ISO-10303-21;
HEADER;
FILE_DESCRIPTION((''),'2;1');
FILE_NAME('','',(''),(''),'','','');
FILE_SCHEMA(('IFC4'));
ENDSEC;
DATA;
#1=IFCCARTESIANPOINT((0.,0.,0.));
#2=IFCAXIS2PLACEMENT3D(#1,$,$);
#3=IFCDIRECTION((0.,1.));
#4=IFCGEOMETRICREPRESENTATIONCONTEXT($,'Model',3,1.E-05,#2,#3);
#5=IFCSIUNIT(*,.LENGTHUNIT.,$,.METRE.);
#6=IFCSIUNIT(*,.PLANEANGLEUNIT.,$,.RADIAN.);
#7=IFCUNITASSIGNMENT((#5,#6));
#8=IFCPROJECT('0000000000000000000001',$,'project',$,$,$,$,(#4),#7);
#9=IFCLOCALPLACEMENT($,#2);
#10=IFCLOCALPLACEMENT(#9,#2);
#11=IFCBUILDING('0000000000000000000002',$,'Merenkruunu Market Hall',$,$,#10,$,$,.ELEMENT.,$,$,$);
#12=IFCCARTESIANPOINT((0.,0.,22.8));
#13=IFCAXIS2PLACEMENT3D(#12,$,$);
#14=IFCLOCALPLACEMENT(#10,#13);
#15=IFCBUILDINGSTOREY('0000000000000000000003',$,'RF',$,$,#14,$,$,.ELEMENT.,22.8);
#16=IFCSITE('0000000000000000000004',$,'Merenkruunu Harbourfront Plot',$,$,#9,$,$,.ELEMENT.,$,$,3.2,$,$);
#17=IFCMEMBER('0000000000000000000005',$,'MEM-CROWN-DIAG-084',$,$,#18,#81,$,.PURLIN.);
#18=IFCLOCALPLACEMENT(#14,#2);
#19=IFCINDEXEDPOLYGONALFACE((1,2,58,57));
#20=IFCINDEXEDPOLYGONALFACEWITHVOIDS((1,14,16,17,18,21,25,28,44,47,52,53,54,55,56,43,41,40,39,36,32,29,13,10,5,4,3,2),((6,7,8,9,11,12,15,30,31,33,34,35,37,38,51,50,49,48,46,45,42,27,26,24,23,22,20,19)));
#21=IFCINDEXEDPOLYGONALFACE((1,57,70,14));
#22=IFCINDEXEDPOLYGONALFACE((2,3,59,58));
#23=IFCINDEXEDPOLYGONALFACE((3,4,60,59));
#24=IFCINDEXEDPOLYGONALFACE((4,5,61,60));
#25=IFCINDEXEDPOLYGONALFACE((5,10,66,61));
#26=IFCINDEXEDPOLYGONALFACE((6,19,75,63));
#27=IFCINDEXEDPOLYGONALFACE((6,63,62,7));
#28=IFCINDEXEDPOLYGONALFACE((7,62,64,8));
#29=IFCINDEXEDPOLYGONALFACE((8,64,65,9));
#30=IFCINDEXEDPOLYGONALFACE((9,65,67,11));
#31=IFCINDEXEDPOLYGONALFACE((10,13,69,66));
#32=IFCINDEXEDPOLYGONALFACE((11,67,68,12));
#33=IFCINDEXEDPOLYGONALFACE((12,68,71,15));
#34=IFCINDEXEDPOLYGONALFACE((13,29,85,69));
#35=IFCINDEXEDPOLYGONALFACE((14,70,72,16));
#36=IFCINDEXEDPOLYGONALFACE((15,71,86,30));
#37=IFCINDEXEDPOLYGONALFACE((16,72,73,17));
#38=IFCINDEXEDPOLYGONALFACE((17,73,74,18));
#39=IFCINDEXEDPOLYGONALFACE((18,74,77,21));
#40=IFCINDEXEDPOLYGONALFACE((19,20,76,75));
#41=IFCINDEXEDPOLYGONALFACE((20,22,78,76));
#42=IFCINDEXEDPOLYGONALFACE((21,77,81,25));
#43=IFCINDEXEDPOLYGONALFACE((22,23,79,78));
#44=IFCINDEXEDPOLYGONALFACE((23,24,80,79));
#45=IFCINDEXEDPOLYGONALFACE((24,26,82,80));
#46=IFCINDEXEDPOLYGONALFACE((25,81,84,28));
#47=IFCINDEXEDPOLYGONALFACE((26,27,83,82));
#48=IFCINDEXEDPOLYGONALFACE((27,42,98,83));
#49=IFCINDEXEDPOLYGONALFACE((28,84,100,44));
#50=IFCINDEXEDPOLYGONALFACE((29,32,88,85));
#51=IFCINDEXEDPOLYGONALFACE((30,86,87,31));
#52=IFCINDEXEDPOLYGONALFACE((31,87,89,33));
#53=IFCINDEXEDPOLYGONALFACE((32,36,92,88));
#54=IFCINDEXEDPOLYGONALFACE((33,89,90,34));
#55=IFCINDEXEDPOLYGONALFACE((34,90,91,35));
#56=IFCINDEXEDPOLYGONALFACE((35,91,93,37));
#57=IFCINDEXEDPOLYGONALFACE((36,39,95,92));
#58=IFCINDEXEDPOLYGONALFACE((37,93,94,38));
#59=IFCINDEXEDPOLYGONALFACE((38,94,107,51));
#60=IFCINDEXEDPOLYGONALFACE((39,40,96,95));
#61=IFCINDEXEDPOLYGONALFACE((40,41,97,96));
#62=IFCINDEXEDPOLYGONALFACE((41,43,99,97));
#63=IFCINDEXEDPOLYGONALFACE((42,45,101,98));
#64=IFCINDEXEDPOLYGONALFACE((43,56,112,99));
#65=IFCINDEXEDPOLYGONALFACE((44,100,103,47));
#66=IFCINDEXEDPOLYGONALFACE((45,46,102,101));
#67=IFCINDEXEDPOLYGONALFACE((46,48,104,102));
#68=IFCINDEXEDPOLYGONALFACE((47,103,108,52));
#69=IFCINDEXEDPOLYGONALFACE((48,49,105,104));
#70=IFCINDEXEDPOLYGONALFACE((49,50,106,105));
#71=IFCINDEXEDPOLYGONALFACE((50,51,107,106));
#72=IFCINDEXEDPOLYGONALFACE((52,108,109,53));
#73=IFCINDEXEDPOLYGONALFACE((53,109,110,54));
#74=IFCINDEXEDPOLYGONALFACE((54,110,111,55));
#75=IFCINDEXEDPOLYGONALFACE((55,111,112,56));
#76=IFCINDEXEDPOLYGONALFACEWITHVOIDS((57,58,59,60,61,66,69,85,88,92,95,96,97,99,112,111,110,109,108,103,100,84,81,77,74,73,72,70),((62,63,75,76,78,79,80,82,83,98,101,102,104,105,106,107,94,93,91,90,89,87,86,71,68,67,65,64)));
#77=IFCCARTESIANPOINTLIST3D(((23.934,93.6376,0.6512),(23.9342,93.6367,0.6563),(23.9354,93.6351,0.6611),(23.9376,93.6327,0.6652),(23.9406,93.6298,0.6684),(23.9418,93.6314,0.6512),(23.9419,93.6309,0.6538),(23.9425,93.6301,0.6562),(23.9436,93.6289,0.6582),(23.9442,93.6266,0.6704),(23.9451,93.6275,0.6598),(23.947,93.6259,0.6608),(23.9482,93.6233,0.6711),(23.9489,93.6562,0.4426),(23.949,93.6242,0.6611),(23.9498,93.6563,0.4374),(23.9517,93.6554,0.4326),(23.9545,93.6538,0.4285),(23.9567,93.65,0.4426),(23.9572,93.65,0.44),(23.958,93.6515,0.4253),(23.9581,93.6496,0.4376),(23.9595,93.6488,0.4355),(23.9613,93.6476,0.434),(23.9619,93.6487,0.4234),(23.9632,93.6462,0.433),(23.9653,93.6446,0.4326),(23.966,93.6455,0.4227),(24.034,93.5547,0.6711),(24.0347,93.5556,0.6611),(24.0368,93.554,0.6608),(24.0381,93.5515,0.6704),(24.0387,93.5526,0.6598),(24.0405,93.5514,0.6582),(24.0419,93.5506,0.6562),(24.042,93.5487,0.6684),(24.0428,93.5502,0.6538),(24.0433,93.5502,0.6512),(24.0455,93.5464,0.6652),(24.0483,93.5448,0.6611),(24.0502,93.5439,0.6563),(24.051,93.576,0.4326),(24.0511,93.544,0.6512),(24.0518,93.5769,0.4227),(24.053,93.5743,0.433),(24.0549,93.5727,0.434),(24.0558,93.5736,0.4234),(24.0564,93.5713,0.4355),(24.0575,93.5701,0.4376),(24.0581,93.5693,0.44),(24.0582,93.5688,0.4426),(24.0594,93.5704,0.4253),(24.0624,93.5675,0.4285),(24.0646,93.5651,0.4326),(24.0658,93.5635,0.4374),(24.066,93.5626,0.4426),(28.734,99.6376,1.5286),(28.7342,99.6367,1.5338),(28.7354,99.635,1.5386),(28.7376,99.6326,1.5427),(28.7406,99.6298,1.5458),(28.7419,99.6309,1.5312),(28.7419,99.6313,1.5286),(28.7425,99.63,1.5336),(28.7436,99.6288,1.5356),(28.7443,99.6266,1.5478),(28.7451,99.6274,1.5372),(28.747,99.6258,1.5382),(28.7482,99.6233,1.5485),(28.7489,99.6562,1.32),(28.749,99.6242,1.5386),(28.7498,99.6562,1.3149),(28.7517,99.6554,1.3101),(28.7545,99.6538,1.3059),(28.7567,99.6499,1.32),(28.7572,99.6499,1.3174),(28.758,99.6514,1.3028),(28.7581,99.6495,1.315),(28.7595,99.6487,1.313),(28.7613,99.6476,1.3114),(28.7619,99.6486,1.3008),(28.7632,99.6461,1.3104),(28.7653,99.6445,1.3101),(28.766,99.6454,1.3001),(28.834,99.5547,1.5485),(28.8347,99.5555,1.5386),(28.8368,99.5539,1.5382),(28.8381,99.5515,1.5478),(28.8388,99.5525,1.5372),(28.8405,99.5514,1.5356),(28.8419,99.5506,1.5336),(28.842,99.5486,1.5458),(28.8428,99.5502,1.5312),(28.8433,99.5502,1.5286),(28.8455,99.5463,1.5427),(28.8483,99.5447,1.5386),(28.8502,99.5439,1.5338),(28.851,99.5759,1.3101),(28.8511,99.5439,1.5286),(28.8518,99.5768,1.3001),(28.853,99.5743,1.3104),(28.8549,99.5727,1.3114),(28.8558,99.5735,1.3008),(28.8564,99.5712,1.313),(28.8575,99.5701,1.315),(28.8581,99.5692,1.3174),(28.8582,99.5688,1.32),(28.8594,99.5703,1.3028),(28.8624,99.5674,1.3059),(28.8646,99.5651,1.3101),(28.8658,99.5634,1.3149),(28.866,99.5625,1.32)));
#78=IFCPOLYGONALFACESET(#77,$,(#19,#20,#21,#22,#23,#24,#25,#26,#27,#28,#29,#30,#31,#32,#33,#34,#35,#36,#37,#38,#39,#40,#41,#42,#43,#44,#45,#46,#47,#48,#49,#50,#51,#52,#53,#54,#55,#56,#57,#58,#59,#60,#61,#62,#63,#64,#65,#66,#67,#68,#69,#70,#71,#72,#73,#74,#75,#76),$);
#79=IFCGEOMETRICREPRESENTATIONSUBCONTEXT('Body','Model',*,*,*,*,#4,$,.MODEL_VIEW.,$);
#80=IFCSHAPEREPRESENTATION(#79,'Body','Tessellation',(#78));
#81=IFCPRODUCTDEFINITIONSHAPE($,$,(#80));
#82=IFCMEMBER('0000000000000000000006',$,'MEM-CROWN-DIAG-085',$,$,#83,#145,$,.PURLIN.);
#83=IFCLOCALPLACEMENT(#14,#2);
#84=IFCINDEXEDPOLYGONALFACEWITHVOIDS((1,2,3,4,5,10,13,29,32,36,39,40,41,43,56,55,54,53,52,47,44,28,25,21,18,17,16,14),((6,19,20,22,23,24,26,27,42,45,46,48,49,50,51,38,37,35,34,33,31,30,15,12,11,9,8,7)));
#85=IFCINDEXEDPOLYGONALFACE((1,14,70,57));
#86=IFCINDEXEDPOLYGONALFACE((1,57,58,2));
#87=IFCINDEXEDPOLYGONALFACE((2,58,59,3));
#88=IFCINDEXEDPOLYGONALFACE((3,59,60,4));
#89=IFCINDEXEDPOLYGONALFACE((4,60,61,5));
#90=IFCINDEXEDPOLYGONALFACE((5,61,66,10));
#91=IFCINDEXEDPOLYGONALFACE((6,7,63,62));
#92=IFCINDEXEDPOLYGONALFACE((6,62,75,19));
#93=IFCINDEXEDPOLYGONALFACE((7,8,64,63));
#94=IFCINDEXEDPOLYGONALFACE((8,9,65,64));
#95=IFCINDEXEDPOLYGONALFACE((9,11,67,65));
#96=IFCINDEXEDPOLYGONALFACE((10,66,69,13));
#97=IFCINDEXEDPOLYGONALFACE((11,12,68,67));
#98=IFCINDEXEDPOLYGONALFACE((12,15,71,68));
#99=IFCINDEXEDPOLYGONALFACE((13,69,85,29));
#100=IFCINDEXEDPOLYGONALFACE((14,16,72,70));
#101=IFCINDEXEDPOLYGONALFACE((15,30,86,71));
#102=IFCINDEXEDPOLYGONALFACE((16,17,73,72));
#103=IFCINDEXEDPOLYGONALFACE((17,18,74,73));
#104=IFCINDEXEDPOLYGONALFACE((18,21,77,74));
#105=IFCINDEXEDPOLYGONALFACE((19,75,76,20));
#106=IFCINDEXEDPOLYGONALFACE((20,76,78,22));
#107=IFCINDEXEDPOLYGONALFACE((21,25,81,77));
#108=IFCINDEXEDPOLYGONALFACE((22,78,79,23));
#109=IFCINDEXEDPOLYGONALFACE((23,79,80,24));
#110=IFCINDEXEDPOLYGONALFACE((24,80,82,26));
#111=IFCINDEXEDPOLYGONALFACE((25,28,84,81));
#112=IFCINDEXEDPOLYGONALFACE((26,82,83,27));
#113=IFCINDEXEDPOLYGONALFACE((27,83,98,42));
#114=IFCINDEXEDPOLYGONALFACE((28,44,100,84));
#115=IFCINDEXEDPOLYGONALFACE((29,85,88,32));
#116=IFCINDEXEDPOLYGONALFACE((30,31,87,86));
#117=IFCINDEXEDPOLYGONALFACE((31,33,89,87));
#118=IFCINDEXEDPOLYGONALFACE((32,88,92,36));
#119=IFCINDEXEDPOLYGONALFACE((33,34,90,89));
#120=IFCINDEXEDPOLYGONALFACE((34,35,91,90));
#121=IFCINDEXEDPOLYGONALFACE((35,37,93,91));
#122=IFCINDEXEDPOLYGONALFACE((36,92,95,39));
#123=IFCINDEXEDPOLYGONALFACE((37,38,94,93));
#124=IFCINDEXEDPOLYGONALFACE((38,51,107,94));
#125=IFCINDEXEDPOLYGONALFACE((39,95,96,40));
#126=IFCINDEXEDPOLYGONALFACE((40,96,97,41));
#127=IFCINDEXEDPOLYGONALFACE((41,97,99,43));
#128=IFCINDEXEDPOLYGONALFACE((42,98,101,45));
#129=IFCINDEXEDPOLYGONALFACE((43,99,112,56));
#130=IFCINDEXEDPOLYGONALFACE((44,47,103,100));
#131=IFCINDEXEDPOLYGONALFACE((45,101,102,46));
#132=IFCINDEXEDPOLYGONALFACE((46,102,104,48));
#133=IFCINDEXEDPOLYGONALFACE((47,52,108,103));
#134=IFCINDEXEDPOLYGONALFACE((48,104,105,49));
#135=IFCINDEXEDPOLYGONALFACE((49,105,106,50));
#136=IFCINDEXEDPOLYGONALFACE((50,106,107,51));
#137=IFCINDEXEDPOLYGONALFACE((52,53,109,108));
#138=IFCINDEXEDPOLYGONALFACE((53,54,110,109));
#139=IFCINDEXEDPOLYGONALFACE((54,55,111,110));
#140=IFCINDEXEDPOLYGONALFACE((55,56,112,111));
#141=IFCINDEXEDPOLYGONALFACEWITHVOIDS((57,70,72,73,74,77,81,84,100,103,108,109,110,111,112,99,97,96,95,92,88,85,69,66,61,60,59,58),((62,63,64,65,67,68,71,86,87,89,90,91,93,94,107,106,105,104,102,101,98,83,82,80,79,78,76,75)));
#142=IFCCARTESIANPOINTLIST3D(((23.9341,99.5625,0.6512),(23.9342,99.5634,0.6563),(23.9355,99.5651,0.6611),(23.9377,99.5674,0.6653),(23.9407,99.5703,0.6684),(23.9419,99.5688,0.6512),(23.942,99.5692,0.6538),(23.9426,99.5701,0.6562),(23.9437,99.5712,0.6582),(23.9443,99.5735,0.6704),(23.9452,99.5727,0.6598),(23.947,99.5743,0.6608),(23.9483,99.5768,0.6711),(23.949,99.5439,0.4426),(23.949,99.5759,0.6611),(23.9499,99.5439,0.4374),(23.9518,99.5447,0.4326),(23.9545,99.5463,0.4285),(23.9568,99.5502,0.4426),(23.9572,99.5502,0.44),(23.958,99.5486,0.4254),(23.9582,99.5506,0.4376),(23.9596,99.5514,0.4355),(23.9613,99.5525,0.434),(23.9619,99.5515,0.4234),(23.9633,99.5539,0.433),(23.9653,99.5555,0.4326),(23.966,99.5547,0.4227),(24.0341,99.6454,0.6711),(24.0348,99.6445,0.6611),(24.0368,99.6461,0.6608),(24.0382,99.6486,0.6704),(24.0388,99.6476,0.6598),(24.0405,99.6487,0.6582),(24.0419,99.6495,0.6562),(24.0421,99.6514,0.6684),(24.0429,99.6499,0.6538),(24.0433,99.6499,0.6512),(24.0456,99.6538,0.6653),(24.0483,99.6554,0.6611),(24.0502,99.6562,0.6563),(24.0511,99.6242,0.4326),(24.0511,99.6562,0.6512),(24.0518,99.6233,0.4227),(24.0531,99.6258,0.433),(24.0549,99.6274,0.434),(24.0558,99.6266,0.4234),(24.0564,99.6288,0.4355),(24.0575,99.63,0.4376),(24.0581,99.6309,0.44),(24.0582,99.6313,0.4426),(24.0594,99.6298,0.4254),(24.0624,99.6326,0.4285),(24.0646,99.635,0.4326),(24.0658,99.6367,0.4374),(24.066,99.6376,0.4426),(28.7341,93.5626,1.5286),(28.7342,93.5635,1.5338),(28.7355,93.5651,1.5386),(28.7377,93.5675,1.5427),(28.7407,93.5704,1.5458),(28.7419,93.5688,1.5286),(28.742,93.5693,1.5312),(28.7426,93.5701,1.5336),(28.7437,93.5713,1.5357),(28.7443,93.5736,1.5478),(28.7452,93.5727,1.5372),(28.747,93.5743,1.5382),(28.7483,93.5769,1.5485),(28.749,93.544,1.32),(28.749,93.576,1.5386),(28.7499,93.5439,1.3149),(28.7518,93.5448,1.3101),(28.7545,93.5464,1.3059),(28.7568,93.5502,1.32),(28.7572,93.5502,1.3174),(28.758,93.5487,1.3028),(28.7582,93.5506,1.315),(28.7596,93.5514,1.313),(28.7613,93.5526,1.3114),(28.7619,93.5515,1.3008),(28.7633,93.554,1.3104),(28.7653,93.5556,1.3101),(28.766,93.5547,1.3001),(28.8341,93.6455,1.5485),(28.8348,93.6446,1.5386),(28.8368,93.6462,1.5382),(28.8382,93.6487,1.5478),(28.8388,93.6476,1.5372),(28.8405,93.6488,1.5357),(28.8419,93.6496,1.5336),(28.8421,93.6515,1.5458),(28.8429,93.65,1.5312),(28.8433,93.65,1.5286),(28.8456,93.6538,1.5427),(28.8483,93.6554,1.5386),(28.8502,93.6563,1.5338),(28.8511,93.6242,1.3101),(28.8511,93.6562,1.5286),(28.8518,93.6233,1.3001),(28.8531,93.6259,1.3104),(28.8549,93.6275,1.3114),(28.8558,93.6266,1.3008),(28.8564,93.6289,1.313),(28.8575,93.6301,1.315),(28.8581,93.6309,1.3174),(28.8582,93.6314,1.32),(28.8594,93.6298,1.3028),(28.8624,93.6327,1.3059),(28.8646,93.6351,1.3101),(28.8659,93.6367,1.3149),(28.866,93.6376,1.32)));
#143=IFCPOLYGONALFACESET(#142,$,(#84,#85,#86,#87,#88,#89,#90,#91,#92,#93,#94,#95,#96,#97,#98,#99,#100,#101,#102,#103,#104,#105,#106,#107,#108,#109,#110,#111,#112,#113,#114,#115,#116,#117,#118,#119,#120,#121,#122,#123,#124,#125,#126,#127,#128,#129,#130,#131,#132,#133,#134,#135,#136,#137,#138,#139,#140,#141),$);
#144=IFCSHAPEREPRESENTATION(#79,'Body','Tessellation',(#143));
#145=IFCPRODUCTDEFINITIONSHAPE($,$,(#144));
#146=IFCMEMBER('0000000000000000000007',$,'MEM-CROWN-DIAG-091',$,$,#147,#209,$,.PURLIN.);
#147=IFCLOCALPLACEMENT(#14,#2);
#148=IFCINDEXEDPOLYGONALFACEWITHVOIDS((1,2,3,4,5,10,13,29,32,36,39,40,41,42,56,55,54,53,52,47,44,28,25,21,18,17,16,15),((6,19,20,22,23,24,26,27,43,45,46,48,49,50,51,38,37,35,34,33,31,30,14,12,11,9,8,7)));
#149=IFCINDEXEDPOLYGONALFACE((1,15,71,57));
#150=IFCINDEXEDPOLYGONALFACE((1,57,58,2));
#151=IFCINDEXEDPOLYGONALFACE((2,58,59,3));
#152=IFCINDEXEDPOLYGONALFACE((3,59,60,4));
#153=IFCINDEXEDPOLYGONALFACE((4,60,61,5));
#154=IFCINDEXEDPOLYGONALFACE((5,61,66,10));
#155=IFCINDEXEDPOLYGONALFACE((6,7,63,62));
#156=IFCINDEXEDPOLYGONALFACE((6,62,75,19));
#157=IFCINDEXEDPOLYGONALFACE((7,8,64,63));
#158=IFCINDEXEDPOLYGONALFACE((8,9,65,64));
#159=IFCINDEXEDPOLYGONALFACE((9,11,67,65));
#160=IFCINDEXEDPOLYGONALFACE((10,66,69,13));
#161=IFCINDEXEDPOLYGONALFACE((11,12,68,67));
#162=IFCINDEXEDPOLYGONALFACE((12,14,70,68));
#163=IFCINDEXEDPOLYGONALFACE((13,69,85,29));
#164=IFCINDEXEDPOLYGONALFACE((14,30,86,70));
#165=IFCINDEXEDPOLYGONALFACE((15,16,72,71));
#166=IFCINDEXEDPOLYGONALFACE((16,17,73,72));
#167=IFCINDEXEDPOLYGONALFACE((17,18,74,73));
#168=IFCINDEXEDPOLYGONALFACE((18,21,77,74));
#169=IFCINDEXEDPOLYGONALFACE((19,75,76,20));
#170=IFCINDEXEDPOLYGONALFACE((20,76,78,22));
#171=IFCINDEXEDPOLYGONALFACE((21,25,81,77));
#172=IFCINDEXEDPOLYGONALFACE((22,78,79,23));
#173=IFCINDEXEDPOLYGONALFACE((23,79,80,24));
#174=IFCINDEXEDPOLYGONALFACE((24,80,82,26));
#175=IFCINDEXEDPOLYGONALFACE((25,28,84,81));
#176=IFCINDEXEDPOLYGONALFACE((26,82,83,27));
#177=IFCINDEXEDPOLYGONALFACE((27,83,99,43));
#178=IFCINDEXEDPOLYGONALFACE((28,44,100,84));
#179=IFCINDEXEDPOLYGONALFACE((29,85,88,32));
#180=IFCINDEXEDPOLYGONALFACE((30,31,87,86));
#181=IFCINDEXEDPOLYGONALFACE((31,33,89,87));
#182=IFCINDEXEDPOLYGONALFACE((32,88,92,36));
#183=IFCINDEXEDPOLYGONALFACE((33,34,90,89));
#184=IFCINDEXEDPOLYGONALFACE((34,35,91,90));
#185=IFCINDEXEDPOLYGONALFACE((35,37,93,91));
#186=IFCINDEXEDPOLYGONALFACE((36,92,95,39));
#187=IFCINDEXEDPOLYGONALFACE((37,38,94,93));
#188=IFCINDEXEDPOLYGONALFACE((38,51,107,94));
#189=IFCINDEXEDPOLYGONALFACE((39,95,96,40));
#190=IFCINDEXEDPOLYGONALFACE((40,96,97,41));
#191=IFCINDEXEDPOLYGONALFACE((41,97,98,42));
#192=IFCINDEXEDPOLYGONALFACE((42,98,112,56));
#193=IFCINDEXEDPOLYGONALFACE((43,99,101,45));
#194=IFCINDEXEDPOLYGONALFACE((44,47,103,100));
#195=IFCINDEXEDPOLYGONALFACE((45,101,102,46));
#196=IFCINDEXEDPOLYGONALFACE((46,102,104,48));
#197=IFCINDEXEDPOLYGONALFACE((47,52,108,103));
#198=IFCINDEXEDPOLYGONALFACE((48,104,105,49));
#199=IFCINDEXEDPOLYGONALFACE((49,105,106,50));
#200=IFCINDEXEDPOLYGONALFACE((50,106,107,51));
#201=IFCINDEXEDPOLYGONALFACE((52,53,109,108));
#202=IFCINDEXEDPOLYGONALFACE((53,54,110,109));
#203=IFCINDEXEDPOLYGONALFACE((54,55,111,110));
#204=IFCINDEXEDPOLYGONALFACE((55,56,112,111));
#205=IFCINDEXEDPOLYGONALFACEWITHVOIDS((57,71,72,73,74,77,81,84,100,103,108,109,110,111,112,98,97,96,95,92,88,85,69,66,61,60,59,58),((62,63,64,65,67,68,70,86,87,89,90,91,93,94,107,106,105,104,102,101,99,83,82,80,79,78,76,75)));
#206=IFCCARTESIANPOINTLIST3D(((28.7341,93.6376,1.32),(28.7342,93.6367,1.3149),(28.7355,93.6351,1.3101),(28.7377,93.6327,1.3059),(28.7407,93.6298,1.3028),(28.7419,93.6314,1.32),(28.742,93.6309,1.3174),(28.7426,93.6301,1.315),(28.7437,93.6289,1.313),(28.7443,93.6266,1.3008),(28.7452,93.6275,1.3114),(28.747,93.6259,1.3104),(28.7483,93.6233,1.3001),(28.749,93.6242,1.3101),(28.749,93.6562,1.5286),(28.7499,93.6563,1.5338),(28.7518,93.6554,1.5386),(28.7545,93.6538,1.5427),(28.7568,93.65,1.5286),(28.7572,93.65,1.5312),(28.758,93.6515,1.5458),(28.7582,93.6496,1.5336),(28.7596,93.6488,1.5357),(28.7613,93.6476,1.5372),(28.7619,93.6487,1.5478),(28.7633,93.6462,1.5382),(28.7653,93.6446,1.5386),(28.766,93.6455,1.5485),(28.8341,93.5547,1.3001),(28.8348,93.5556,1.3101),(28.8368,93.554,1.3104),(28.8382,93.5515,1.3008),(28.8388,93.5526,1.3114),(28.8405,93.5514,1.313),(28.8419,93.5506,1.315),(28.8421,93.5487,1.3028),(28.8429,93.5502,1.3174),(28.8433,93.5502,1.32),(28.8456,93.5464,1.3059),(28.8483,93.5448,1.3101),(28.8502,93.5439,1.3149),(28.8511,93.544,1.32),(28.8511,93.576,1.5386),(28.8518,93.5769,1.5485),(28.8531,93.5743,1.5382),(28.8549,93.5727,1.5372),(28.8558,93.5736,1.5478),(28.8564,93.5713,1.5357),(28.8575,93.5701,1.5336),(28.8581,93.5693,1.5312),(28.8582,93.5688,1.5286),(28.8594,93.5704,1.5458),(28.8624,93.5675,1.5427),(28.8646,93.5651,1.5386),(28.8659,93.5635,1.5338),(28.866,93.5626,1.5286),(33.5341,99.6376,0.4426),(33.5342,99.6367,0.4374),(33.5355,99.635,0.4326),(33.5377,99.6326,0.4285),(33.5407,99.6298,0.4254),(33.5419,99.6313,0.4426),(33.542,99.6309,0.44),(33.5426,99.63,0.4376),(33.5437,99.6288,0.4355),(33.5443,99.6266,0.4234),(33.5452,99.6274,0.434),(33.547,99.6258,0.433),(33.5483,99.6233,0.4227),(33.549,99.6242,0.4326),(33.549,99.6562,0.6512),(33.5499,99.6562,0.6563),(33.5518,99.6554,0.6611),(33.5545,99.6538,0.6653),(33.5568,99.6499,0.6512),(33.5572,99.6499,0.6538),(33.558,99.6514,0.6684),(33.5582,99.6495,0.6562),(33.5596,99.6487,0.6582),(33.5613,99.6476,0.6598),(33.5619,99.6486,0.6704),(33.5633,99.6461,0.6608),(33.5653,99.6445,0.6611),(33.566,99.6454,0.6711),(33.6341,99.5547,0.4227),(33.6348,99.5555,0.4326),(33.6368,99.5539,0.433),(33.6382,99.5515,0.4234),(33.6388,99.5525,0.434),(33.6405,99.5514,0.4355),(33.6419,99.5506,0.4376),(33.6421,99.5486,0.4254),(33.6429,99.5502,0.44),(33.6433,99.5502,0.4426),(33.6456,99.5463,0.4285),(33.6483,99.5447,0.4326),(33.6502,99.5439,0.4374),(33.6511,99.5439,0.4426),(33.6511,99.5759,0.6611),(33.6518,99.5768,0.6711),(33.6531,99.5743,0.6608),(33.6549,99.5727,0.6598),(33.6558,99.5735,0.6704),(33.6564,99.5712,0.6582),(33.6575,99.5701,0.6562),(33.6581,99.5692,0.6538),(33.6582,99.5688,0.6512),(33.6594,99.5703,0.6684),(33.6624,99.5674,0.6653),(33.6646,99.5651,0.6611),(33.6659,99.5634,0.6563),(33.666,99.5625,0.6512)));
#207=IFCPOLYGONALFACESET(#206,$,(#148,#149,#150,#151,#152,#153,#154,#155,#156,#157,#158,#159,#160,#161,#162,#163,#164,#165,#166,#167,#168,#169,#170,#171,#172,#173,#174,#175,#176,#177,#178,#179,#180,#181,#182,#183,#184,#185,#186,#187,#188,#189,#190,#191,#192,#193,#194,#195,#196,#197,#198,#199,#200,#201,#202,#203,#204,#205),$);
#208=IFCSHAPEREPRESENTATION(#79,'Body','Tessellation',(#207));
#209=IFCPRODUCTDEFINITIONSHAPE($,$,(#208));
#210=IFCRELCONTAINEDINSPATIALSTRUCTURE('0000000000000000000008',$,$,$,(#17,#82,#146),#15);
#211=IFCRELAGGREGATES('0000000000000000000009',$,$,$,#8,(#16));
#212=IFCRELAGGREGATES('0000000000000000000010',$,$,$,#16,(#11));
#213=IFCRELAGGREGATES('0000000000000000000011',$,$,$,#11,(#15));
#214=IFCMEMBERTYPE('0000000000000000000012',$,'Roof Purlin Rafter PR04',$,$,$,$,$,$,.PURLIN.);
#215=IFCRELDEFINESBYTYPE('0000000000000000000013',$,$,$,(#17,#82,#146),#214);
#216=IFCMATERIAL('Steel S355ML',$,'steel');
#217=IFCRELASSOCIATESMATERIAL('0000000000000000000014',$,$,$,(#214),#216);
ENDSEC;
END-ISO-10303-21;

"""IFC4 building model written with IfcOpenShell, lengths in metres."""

from ifc_helpers import new_model, si_unit, direction, frame, origin, origin_2d, place, context, subcontext, project, spatial, hollow_rectangle, extrude, material, material_profile, profile_set, type_object, element, save


model = new_model("IFC4")

# Units and contexts
model_context = context("Model", 3, precision=1e-05, world=origin(), true_north=direction((0.0, 1.0)))
body_context = subcontext(model_context, "Body", "Model", "MODEL_VIEW")
ifc_project = project(units=[si_unit("LENGTHUNIT", "METRE"), si_unit("PLANEANGLEUNIT", "RADIAN")], contexts=[model_context])

# Site, building, storey
site_placement = place(None, origin())
site = spatial("IfcSite", under=ifc_project, at=site_placement, Name="Merenkruunu Harbourfront Plot", CompositionType="ELEMENT", RefElevation=3.2)
building_placement = place(site_placement, origin())
building = spatial("IfcBuilding", under=site, at=building_placement, Name="Merenkruunu Market Hall", CompositionType="ELEMENT")
storey_placement = place(building_placement, frame((0.0, 0.0, 22.8)))
storey = spatial("IfcBuildingStorey", under=building, at=storey_placement, Name="RF", CompositionType="ELEMENT", Elevation=22.8)

# Members
ifc_material_1 = material(Name="Steel S355ML", Category="steel")
ifc_material_profile_1 = material_profile(ifc_material_1, hollow_rectangle(XDim=0.1499, YDim=0.25, WallThickness=0.01, InnerFilletRadius=0.01, OuterFilletRadius=0.02, at=origin_2d()), Name="RHS 250x150x10")
ifc_profile_set_1 = profile_set([ifc_material_profile_1], Name="Steel S355ML")
member_type_1 = type_object("IfcMemberType", Name="Roof Purlin Rafter PR04", PredefinedType="PURLIN", material=ifc_profile_set_1)
for number, where, z_axis, x_axis, name in (
    (1, (24.0, 93.6001, 0.5469), (0.620665, 0.775824, 0.113457), (-0.780866, 0.624699, 0.0), "MEM-CROWN-DIAG-084"),
    (2, (28.8, 93.6001, 1.4243), (-0.620665, 0.775824, -0.113457), (-0.780866, -0.624699, 0.0), "MEM-CROWN-DIAG-085"),
    (3, (28.8, 93.6001, 1.4243), (0.620665, 0.775824, -0.113457), (-0.780866, 0.624699, 0.0), "MEM-CROWN-DIAG-091"),
):
    element("IfcMember", number, at=place(storey_placement, frame(where, z_axis=z_axis, x_axis=x_axis)), inside=storey, type_object=member_type_1, Name=name, PredefinedType="PURLIN", context=body_context, shape_type="SweptSolid", body=[
        extrude(hollow_rectangle(XDim=0.1499, YDim=0.25, WallThickness=0.01, InnerFilletRadius=0.01, OuterFilletRadius=0.02, at=origin_2d()), origin(), (0.0, 0.0, 1.0), 7.7336),
    ])

save(model, "model.ifc")
